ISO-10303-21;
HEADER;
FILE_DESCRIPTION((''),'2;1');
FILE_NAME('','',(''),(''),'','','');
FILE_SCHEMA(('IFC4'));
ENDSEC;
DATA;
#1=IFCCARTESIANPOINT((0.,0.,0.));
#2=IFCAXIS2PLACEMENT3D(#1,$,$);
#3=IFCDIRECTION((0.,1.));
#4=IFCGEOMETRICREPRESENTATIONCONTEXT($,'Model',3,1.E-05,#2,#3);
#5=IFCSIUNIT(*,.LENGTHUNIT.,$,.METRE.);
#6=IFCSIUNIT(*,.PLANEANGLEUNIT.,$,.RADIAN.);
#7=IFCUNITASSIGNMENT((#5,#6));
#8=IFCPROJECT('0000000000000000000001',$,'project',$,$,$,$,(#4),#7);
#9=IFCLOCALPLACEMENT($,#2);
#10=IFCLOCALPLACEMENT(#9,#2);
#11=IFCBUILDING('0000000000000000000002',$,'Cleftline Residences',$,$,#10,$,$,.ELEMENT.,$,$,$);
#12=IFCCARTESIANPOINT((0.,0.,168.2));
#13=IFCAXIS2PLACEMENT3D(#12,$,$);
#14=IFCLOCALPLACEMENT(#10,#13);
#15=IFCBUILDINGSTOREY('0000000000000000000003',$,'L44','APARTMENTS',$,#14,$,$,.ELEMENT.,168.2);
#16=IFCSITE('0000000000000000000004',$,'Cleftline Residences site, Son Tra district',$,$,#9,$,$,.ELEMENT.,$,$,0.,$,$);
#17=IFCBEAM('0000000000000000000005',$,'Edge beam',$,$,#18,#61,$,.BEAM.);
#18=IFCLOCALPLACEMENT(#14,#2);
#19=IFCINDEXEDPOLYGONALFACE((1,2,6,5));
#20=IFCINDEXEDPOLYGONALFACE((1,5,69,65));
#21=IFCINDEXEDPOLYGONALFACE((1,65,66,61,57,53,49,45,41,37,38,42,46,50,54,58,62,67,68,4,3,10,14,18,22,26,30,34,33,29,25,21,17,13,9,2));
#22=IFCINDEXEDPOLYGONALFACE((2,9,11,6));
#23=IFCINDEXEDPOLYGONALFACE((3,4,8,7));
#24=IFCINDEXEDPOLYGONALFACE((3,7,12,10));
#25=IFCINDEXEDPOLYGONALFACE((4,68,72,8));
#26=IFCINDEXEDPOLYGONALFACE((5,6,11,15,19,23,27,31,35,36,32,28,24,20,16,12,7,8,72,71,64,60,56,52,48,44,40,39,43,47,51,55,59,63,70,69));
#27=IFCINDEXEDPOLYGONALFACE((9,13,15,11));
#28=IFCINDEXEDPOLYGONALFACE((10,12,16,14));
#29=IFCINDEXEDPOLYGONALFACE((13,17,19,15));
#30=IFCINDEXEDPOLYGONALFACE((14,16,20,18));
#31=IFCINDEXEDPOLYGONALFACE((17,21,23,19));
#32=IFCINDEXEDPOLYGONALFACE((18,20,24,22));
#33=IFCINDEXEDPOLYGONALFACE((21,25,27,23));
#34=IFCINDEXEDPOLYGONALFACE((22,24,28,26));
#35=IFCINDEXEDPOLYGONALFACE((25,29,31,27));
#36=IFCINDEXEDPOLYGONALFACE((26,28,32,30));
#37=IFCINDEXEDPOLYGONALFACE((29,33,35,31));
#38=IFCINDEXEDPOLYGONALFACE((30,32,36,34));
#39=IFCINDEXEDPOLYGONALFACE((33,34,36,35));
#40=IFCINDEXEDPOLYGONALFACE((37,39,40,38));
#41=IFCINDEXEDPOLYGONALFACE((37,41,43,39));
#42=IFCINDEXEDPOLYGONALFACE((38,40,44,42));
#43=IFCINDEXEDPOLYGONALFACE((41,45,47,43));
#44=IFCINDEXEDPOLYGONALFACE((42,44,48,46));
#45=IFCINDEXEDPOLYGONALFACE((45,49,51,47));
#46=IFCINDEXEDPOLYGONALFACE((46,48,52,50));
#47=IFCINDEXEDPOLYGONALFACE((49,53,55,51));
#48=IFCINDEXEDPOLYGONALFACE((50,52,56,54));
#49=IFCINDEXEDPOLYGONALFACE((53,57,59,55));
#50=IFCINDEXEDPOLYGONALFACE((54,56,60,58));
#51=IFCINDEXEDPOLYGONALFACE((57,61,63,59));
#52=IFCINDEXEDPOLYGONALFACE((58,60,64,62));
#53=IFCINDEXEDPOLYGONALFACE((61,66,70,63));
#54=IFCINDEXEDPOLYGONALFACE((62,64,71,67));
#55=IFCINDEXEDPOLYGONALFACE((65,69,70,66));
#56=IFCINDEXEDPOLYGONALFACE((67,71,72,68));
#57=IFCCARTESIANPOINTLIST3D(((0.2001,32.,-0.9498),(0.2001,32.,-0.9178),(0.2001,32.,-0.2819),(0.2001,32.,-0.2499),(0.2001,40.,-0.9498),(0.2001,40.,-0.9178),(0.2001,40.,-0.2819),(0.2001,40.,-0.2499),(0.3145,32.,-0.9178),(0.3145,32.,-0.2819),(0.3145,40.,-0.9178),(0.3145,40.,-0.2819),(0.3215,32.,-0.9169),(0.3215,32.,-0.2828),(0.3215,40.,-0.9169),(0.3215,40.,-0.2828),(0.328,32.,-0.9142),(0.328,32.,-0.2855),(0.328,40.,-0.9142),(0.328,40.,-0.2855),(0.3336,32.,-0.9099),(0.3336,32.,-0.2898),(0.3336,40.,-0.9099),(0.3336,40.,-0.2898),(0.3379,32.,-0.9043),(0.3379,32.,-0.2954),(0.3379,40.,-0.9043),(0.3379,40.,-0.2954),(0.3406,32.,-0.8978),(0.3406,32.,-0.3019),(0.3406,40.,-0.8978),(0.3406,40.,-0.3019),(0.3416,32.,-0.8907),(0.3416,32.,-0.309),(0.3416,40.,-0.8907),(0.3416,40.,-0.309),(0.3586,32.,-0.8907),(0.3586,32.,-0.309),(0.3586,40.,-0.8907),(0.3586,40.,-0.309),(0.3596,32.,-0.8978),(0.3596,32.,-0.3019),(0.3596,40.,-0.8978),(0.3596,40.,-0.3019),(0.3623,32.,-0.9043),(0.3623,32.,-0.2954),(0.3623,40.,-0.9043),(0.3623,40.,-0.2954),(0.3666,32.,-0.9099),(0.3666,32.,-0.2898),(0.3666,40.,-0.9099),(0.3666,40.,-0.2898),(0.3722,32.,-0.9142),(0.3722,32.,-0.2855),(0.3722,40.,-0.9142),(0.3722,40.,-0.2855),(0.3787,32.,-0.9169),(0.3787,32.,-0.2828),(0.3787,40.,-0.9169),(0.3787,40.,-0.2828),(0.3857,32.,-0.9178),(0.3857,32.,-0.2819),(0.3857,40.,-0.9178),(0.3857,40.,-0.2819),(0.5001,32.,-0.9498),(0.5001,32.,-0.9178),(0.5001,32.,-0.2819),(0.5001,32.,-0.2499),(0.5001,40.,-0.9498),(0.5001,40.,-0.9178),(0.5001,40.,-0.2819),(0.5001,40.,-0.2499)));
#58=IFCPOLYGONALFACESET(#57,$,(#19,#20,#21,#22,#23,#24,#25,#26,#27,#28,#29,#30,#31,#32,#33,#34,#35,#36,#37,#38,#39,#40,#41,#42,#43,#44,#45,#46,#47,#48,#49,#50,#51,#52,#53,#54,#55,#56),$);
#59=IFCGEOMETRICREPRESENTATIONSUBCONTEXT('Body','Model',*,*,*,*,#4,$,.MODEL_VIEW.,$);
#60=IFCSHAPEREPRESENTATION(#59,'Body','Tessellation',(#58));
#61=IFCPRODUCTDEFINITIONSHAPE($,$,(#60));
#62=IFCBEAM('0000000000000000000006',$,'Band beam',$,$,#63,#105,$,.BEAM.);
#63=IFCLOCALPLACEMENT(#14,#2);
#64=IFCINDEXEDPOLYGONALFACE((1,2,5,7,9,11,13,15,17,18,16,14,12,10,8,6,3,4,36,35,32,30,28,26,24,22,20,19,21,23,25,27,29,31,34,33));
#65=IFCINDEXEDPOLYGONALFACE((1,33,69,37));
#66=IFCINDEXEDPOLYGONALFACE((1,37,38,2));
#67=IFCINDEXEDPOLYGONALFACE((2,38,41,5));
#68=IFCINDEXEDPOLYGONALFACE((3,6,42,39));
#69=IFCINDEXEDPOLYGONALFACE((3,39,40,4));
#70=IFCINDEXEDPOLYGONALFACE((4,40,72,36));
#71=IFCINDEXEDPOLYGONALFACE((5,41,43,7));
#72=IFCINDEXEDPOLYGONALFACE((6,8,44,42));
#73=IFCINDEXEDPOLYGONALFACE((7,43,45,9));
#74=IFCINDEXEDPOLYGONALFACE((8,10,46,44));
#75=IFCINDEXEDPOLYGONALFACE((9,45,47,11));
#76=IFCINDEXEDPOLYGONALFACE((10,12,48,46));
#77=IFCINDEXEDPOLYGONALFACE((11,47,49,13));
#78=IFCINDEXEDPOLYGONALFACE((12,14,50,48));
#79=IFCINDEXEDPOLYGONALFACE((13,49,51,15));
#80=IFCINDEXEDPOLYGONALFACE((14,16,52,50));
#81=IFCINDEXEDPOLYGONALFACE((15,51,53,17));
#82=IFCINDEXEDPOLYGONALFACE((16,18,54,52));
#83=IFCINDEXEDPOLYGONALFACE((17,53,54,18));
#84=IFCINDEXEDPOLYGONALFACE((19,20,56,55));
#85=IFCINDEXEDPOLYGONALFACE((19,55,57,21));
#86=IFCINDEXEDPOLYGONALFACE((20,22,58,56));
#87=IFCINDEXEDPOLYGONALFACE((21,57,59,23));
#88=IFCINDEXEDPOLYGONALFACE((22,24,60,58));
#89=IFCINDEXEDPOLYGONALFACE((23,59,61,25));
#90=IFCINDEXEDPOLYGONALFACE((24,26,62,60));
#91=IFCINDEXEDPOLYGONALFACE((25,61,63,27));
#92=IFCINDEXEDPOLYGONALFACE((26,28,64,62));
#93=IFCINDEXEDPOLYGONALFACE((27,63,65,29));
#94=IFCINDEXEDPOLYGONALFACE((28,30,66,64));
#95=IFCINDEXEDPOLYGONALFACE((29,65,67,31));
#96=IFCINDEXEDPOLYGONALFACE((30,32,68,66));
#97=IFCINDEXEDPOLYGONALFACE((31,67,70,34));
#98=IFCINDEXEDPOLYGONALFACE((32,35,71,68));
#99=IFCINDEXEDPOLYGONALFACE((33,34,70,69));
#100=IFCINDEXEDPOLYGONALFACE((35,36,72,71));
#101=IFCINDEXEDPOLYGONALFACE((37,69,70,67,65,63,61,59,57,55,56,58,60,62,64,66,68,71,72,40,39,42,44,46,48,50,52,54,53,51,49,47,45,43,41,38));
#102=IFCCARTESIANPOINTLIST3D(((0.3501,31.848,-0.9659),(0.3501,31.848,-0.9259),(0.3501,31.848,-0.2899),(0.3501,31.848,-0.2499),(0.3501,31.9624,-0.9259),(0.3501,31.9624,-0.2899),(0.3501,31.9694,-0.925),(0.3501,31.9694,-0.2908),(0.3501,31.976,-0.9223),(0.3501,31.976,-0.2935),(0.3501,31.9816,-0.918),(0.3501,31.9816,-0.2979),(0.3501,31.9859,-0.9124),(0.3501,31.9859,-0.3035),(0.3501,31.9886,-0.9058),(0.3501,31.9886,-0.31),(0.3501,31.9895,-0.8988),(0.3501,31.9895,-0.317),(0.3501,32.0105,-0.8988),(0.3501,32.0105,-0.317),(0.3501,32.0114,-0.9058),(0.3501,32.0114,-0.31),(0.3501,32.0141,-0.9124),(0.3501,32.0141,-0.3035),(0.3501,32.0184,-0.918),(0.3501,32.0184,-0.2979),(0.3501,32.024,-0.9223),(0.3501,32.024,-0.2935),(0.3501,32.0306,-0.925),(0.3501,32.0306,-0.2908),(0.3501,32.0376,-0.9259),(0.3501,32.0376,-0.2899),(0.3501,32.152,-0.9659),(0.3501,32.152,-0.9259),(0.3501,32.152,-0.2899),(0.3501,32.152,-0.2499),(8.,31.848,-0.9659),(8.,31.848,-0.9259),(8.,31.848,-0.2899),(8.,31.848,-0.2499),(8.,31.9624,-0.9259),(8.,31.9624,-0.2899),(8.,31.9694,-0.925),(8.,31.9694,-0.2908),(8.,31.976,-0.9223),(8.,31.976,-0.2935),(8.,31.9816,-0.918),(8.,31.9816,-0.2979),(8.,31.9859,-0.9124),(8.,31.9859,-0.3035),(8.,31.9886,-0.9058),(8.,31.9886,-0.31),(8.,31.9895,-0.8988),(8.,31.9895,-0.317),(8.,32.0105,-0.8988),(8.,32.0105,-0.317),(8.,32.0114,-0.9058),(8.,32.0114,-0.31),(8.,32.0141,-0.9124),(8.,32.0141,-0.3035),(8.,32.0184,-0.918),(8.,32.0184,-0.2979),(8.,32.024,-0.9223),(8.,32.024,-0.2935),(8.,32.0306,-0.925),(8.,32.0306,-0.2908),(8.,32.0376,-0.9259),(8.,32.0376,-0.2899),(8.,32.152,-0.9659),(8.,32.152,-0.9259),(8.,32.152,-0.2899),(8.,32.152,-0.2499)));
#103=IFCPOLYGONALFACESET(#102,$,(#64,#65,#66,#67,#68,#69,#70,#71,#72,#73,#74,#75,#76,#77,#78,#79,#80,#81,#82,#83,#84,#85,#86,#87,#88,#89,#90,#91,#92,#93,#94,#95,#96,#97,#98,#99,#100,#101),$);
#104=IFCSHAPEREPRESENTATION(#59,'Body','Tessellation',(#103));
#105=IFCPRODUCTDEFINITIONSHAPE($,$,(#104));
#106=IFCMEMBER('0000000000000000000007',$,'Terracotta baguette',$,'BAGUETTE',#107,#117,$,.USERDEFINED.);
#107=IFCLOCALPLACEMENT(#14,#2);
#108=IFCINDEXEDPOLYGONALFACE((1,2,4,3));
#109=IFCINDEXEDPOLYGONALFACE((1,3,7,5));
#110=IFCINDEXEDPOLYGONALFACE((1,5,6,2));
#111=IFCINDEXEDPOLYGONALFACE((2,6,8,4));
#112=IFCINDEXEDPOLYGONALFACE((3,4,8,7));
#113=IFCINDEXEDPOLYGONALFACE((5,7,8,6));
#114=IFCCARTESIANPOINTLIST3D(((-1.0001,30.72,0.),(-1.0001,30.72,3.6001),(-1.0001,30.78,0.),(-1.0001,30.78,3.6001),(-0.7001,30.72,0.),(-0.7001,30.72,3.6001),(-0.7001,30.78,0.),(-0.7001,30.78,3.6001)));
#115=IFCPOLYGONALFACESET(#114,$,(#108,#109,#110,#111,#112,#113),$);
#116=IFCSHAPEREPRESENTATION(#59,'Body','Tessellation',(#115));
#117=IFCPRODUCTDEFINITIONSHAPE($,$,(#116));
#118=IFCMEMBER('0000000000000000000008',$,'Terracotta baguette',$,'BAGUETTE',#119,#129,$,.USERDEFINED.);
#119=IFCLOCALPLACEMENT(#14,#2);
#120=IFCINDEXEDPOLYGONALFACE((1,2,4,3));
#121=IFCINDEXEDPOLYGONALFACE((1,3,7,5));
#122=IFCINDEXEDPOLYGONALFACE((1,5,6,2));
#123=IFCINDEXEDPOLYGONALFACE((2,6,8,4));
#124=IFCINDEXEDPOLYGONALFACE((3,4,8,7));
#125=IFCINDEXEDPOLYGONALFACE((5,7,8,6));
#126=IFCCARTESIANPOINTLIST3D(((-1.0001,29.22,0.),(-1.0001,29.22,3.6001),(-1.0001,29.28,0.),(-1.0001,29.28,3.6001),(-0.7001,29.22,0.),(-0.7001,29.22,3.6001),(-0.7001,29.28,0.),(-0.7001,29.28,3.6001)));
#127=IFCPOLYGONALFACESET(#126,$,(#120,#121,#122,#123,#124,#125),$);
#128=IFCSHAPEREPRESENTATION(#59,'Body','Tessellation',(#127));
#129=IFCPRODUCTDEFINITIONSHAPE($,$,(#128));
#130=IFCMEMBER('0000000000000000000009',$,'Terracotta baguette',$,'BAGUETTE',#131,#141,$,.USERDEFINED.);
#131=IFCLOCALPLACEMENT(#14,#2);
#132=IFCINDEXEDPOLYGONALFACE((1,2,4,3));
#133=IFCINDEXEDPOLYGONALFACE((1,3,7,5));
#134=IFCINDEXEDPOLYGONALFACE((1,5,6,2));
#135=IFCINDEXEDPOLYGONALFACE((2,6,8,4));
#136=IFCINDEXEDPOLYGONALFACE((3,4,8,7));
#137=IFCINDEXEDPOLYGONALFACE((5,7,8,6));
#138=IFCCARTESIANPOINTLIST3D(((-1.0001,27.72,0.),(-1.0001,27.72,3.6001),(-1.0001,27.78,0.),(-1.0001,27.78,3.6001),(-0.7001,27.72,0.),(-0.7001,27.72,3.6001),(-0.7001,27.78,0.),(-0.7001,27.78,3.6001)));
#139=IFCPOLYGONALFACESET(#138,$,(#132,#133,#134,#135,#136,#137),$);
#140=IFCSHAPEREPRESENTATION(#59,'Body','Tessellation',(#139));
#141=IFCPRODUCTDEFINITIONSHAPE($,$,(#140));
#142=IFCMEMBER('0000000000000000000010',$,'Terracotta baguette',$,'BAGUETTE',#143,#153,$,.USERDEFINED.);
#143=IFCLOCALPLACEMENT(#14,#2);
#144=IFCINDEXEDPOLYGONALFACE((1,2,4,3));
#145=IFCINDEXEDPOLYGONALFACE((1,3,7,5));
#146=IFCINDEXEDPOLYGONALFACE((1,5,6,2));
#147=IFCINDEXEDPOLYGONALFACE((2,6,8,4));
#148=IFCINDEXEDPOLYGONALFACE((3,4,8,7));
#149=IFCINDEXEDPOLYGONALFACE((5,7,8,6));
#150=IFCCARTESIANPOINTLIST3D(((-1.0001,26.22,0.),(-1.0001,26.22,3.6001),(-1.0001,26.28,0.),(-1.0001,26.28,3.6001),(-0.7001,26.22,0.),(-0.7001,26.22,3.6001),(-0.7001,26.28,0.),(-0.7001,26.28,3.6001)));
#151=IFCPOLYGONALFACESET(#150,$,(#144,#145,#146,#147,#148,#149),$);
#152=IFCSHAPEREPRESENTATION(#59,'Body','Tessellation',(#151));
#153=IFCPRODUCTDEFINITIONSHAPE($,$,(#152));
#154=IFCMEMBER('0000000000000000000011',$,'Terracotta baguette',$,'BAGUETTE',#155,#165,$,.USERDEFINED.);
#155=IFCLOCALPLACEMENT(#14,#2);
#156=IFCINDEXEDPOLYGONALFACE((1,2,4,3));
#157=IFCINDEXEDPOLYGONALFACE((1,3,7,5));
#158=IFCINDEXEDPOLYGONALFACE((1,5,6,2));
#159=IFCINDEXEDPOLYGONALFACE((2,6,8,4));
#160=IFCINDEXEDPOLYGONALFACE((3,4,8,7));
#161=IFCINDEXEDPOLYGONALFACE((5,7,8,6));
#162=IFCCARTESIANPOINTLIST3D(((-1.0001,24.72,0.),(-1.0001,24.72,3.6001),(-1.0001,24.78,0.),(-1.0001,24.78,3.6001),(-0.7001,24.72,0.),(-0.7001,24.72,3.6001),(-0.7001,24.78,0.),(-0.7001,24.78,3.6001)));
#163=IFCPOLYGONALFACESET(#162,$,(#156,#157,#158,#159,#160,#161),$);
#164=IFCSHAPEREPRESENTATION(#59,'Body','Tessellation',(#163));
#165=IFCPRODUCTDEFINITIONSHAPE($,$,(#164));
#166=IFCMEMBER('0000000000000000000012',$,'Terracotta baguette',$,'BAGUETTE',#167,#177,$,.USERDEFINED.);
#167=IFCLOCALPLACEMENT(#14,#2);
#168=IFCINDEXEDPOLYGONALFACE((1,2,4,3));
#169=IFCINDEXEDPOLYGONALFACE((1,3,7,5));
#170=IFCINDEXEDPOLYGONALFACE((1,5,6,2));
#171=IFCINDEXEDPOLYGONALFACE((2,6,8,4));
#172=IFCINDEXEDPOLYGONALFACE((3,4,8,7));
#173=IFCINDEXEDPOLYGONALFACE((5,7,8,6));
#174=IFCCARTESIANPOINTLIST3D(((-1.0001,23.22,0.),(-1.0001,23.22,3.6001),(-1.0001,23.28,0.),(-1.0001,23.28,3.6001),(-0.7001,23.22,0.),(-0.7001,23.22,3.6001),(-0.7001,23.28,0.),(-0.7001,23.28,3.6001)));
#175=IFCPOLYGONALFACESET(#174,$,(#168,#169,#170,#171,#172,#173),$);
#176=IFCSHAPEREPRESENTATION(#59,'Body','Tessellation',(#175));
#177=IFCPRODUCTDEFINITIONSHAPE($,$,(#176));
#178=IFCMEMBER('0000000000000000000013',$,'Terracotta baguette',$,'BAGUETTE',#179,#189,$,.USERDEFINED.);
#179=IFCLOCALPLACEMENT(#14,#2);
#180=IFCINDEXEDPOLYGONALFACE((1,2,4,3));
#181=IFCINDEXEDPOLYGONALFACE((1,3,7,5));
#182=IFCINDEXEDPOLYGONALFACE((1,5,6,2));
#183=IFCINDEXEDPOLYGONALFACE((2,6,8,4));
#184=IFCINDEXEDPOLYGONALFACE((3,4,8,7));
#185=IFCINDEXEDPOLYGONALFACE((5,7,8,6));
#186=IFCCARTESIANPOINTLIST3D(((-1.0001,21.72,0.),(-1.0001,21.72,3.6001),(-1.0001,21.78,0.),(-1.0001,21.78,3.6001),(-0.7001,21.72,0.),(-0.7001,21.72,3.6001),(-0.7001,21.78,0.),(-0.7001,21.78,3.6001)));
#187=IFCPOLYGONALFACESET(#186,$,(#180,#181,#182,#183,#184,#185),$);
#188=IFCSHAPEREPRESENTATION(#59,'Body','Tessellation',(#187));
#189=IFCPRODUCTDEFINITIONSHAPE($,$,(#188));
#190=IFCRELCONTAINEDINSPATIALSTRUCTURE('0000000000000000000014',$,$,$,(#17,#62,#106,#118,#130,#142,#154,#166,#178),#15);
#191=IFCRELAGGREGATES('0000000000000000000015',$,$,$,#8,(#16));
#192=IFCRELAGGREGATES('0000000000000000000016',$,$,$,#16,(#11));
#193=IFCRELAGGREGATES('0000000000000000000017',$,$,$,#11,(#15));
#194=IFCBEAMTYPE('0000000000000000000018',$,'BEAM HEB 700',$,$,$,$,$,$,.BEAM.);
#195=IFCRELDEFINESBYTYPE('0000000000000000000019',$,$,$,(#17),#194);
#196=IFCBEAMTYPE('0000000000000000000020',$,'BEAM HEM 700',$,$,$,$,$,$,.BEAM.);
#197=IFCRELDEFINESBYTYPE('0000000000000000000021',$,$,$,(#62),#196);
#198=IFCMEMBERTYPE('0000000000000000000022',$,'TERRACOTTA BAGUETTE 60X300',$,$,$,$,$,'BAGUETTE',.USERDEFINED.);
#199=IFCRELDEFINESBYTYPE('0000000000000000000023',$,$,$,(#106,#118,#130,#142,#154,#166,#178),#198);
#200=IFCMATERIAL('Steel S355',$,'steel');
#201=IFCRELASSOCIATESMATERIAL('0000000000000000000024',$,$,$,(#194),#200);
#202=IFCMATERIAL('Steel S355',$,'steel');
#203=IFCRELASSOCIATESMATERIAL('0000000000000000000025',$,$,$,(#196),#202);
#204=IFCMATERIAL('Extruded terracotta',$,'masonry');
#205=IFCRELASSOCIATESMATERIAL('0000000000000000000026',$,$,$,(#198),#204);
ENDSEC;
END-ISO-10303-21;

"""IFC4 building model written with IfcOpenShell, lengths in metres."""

from ifc_helpers import new_model, si_unit, direction, frame, origin, origin_2d, place, context, subcontext, project, spatial, rectangle, i_section, extrude, material, material_profile, profile_set, type_object, element, save


model = new_model("IFC4")

# Units and contexts
model_context = context("Model", 3, precision=1e-05, world=origin(), true_north=direction((0.0, 1.0)))
body_context = subcontext(model_context, "Body", "Model", "MODEL_VIEW")
ifc_project = project(units=[si_unit("LENGTHUNIT", "METRE"), si_unit("PLANEANGLEUNIT", "RADIAN")], contexts=[model_context])

# Site, building, storey
site_placement = place(None, origin())
site = spatial("IfcSite", under=ifc_project, at=site_placement, Name="Cleftline Residences site, Son Tra district", CompositionType="ELEMENT", RefElevation=0.0)
building_placement = place(site_placement, origin())
building = spatial("IfcBuilding", under=site, at=building_placement, Name="Cleftline Residences", CompositionType="ELEMENT")
storey_placement = place(building_placement, frame((0.0, 0.0, 168.2)))
storey = spatial("IfcBuildingStorey", under=building, at=storey_placement, Name="L44", Description="APARTMENTS", CompositionType="ELEMENT", Elevation=168.2)

# Beams
ifc_material_1 = material(Name="Steel S355", Category="steel")
ifc_material_profile_1 = material_profile(ifc_material_1, i_section(OverallWidth=0.3, OverallDepth=0.7, WebThickness=0.0171, FlangeThickness=0.032, FilletRadius=0.0271, at=origin_2d()))
ifc_profile_set_1 = profile_set([ifc_material_profile_1], Name="Steel S355")
beam_type_1 = type_object("IfcBeamType", Name="BEAM HEB 700", PredefinedType="BEAM", material=ifc_profile_set_1)
for number, where, z_axis, x_axis, name in (
    (1, (0.3501, 32.0, -0.5999), (0.0, 1.0, 0.0), (-1.0, 0.0, 0.0), "Edge beam"),
):
    element("IfcBeam", number, at=place(storey_placement, frame(where, z_axis=z_axis, x_axis=x_axis)), inside=storey, type_object=beam_type_1, Name=name, PredefinedType="BEAM", context=body_context, shape_type="SweptSolid", body=[
        extrude(i_section(OverallWidth=0.3, OverallDepth=0.7, WebThickness=0.0171, FlangeThickness=0.032, FilletRadius=0.0271, at=origin_2d()), origin(), (0.0, 0.0, 1.0), 8.0),
    ])
ifc_material_2 = material(Name="Steel S355", Category="steel")
ifc_material_profile_2 = material_profile(ifc_material_2, i_section(OverallWidth=0.304, OverallDepth=0.7161, WebThickness=0.021, FlangeThickness=0.04, FilletRadius=0.0271, at=origin_2d()))
ifc_profile_set_2 = profile_set([ifc_material_profile_2], Name="Steel S355")
beam_type_2 = type_object("IfcBeamType", Name="BEAM HEM 700", PredefinedType="BEAM", material=ifc_profile_set_2)
beam_placement = place(storey_placement, frame((0.3501, 32.0, -0.6079), z_axis=(1.0, 0.0, 0.0), x_axis=(0.0, 1.0, 0.0)))
element("IfcBeam", 2, at=beam_placement, inside=storey, type_object=beam_type_2, Name="Band beam", PredefinedType="BEAM", context=body_context, shape_type="SweptSolid", body=[
    extrude(i_section(OverallWidth=0.304, OverallDepth=0.7161, WebThickness=0.021, FlangeThickness=0.04, FilletRadius=0.0271, at=origin_2d()), origin(), (0.0, 0.0, 1.0), 7.6499),
])

# Members
ifc_material_3 = material(Name="Extruded terracotta", Category="masonry")
ifc_material_profile_3 = material_profile(ifc_material_3, rectangle(XDim=0.0601, YDim=0.3, at=origin_2d()))
ifc_profile_set_3 = profile_set([ifc_material_profile_3], Name="Extruded terracotta")
member_type_1 = type_object("IfcMemberType", Name="TERRACOTTA BAGUETTE 60X300", ElementType="BAGUETTE", PredefinedType="USERDEFINED", material=ifc_profile_set_3)
for number, where, z_axis, x_axis, name in (
    (3, (-0.8501, 30.75, 0.0), (0.0, 0.0, 1.0), (0.0, 1.0, 0.0), "Terracotta baguette"),
    (4, (-0.8501, 29.25, 0.0), (0.0, 0.0, 1.0), (0.0, 1.0, 0.0), "Terracotta baguette"),
    (5, (-0.8501, 27.75, 0.0), (0.0, 0.0, 1.0), (0.0, 1.0, 0.0), "Terracotta baguette"),
    (6, (-0.8501, 26.25, 0.0), (0.0, 0.0, 1.0), (0.0, 1.0, 0.0), "Terracotta baguette"),
    (7, (-0.8501, 24.75, 0.0), (0.0, 0.0, 1.0), (0.0, 1.0, 0.0), "Terracotta baguette"),
    (8, (-0.8501, 23.25, 0.0), (0.0, 0.0, 1.0), (0.0, 1.0, 0.0), "Terracotta baguette"),
    (9, (-0.8501, 21.75, 0.0), (0.0, 0.0, 1.0), (0.0, 1.0, 0.0), "Terracotta baguette"),
):
    element("IfcMember", number, at=place(storey_placement, frame(where, z_axis=z_axis, x_axis=x_axis)), inside=storey, type_object=member_type_1, Name=name, ObjectType="BAGUETTE", PredefinedType="USERDEFINED", context=body_context, shape_type="SweptSolid", body=[
        extrude(rectangle(XDim=0.0601, YDim=0.3, at=origin_2d()), origin(), (0.0, 0.0, 1.0), 3.6001),
    ])

save(model, "model.ifc")
